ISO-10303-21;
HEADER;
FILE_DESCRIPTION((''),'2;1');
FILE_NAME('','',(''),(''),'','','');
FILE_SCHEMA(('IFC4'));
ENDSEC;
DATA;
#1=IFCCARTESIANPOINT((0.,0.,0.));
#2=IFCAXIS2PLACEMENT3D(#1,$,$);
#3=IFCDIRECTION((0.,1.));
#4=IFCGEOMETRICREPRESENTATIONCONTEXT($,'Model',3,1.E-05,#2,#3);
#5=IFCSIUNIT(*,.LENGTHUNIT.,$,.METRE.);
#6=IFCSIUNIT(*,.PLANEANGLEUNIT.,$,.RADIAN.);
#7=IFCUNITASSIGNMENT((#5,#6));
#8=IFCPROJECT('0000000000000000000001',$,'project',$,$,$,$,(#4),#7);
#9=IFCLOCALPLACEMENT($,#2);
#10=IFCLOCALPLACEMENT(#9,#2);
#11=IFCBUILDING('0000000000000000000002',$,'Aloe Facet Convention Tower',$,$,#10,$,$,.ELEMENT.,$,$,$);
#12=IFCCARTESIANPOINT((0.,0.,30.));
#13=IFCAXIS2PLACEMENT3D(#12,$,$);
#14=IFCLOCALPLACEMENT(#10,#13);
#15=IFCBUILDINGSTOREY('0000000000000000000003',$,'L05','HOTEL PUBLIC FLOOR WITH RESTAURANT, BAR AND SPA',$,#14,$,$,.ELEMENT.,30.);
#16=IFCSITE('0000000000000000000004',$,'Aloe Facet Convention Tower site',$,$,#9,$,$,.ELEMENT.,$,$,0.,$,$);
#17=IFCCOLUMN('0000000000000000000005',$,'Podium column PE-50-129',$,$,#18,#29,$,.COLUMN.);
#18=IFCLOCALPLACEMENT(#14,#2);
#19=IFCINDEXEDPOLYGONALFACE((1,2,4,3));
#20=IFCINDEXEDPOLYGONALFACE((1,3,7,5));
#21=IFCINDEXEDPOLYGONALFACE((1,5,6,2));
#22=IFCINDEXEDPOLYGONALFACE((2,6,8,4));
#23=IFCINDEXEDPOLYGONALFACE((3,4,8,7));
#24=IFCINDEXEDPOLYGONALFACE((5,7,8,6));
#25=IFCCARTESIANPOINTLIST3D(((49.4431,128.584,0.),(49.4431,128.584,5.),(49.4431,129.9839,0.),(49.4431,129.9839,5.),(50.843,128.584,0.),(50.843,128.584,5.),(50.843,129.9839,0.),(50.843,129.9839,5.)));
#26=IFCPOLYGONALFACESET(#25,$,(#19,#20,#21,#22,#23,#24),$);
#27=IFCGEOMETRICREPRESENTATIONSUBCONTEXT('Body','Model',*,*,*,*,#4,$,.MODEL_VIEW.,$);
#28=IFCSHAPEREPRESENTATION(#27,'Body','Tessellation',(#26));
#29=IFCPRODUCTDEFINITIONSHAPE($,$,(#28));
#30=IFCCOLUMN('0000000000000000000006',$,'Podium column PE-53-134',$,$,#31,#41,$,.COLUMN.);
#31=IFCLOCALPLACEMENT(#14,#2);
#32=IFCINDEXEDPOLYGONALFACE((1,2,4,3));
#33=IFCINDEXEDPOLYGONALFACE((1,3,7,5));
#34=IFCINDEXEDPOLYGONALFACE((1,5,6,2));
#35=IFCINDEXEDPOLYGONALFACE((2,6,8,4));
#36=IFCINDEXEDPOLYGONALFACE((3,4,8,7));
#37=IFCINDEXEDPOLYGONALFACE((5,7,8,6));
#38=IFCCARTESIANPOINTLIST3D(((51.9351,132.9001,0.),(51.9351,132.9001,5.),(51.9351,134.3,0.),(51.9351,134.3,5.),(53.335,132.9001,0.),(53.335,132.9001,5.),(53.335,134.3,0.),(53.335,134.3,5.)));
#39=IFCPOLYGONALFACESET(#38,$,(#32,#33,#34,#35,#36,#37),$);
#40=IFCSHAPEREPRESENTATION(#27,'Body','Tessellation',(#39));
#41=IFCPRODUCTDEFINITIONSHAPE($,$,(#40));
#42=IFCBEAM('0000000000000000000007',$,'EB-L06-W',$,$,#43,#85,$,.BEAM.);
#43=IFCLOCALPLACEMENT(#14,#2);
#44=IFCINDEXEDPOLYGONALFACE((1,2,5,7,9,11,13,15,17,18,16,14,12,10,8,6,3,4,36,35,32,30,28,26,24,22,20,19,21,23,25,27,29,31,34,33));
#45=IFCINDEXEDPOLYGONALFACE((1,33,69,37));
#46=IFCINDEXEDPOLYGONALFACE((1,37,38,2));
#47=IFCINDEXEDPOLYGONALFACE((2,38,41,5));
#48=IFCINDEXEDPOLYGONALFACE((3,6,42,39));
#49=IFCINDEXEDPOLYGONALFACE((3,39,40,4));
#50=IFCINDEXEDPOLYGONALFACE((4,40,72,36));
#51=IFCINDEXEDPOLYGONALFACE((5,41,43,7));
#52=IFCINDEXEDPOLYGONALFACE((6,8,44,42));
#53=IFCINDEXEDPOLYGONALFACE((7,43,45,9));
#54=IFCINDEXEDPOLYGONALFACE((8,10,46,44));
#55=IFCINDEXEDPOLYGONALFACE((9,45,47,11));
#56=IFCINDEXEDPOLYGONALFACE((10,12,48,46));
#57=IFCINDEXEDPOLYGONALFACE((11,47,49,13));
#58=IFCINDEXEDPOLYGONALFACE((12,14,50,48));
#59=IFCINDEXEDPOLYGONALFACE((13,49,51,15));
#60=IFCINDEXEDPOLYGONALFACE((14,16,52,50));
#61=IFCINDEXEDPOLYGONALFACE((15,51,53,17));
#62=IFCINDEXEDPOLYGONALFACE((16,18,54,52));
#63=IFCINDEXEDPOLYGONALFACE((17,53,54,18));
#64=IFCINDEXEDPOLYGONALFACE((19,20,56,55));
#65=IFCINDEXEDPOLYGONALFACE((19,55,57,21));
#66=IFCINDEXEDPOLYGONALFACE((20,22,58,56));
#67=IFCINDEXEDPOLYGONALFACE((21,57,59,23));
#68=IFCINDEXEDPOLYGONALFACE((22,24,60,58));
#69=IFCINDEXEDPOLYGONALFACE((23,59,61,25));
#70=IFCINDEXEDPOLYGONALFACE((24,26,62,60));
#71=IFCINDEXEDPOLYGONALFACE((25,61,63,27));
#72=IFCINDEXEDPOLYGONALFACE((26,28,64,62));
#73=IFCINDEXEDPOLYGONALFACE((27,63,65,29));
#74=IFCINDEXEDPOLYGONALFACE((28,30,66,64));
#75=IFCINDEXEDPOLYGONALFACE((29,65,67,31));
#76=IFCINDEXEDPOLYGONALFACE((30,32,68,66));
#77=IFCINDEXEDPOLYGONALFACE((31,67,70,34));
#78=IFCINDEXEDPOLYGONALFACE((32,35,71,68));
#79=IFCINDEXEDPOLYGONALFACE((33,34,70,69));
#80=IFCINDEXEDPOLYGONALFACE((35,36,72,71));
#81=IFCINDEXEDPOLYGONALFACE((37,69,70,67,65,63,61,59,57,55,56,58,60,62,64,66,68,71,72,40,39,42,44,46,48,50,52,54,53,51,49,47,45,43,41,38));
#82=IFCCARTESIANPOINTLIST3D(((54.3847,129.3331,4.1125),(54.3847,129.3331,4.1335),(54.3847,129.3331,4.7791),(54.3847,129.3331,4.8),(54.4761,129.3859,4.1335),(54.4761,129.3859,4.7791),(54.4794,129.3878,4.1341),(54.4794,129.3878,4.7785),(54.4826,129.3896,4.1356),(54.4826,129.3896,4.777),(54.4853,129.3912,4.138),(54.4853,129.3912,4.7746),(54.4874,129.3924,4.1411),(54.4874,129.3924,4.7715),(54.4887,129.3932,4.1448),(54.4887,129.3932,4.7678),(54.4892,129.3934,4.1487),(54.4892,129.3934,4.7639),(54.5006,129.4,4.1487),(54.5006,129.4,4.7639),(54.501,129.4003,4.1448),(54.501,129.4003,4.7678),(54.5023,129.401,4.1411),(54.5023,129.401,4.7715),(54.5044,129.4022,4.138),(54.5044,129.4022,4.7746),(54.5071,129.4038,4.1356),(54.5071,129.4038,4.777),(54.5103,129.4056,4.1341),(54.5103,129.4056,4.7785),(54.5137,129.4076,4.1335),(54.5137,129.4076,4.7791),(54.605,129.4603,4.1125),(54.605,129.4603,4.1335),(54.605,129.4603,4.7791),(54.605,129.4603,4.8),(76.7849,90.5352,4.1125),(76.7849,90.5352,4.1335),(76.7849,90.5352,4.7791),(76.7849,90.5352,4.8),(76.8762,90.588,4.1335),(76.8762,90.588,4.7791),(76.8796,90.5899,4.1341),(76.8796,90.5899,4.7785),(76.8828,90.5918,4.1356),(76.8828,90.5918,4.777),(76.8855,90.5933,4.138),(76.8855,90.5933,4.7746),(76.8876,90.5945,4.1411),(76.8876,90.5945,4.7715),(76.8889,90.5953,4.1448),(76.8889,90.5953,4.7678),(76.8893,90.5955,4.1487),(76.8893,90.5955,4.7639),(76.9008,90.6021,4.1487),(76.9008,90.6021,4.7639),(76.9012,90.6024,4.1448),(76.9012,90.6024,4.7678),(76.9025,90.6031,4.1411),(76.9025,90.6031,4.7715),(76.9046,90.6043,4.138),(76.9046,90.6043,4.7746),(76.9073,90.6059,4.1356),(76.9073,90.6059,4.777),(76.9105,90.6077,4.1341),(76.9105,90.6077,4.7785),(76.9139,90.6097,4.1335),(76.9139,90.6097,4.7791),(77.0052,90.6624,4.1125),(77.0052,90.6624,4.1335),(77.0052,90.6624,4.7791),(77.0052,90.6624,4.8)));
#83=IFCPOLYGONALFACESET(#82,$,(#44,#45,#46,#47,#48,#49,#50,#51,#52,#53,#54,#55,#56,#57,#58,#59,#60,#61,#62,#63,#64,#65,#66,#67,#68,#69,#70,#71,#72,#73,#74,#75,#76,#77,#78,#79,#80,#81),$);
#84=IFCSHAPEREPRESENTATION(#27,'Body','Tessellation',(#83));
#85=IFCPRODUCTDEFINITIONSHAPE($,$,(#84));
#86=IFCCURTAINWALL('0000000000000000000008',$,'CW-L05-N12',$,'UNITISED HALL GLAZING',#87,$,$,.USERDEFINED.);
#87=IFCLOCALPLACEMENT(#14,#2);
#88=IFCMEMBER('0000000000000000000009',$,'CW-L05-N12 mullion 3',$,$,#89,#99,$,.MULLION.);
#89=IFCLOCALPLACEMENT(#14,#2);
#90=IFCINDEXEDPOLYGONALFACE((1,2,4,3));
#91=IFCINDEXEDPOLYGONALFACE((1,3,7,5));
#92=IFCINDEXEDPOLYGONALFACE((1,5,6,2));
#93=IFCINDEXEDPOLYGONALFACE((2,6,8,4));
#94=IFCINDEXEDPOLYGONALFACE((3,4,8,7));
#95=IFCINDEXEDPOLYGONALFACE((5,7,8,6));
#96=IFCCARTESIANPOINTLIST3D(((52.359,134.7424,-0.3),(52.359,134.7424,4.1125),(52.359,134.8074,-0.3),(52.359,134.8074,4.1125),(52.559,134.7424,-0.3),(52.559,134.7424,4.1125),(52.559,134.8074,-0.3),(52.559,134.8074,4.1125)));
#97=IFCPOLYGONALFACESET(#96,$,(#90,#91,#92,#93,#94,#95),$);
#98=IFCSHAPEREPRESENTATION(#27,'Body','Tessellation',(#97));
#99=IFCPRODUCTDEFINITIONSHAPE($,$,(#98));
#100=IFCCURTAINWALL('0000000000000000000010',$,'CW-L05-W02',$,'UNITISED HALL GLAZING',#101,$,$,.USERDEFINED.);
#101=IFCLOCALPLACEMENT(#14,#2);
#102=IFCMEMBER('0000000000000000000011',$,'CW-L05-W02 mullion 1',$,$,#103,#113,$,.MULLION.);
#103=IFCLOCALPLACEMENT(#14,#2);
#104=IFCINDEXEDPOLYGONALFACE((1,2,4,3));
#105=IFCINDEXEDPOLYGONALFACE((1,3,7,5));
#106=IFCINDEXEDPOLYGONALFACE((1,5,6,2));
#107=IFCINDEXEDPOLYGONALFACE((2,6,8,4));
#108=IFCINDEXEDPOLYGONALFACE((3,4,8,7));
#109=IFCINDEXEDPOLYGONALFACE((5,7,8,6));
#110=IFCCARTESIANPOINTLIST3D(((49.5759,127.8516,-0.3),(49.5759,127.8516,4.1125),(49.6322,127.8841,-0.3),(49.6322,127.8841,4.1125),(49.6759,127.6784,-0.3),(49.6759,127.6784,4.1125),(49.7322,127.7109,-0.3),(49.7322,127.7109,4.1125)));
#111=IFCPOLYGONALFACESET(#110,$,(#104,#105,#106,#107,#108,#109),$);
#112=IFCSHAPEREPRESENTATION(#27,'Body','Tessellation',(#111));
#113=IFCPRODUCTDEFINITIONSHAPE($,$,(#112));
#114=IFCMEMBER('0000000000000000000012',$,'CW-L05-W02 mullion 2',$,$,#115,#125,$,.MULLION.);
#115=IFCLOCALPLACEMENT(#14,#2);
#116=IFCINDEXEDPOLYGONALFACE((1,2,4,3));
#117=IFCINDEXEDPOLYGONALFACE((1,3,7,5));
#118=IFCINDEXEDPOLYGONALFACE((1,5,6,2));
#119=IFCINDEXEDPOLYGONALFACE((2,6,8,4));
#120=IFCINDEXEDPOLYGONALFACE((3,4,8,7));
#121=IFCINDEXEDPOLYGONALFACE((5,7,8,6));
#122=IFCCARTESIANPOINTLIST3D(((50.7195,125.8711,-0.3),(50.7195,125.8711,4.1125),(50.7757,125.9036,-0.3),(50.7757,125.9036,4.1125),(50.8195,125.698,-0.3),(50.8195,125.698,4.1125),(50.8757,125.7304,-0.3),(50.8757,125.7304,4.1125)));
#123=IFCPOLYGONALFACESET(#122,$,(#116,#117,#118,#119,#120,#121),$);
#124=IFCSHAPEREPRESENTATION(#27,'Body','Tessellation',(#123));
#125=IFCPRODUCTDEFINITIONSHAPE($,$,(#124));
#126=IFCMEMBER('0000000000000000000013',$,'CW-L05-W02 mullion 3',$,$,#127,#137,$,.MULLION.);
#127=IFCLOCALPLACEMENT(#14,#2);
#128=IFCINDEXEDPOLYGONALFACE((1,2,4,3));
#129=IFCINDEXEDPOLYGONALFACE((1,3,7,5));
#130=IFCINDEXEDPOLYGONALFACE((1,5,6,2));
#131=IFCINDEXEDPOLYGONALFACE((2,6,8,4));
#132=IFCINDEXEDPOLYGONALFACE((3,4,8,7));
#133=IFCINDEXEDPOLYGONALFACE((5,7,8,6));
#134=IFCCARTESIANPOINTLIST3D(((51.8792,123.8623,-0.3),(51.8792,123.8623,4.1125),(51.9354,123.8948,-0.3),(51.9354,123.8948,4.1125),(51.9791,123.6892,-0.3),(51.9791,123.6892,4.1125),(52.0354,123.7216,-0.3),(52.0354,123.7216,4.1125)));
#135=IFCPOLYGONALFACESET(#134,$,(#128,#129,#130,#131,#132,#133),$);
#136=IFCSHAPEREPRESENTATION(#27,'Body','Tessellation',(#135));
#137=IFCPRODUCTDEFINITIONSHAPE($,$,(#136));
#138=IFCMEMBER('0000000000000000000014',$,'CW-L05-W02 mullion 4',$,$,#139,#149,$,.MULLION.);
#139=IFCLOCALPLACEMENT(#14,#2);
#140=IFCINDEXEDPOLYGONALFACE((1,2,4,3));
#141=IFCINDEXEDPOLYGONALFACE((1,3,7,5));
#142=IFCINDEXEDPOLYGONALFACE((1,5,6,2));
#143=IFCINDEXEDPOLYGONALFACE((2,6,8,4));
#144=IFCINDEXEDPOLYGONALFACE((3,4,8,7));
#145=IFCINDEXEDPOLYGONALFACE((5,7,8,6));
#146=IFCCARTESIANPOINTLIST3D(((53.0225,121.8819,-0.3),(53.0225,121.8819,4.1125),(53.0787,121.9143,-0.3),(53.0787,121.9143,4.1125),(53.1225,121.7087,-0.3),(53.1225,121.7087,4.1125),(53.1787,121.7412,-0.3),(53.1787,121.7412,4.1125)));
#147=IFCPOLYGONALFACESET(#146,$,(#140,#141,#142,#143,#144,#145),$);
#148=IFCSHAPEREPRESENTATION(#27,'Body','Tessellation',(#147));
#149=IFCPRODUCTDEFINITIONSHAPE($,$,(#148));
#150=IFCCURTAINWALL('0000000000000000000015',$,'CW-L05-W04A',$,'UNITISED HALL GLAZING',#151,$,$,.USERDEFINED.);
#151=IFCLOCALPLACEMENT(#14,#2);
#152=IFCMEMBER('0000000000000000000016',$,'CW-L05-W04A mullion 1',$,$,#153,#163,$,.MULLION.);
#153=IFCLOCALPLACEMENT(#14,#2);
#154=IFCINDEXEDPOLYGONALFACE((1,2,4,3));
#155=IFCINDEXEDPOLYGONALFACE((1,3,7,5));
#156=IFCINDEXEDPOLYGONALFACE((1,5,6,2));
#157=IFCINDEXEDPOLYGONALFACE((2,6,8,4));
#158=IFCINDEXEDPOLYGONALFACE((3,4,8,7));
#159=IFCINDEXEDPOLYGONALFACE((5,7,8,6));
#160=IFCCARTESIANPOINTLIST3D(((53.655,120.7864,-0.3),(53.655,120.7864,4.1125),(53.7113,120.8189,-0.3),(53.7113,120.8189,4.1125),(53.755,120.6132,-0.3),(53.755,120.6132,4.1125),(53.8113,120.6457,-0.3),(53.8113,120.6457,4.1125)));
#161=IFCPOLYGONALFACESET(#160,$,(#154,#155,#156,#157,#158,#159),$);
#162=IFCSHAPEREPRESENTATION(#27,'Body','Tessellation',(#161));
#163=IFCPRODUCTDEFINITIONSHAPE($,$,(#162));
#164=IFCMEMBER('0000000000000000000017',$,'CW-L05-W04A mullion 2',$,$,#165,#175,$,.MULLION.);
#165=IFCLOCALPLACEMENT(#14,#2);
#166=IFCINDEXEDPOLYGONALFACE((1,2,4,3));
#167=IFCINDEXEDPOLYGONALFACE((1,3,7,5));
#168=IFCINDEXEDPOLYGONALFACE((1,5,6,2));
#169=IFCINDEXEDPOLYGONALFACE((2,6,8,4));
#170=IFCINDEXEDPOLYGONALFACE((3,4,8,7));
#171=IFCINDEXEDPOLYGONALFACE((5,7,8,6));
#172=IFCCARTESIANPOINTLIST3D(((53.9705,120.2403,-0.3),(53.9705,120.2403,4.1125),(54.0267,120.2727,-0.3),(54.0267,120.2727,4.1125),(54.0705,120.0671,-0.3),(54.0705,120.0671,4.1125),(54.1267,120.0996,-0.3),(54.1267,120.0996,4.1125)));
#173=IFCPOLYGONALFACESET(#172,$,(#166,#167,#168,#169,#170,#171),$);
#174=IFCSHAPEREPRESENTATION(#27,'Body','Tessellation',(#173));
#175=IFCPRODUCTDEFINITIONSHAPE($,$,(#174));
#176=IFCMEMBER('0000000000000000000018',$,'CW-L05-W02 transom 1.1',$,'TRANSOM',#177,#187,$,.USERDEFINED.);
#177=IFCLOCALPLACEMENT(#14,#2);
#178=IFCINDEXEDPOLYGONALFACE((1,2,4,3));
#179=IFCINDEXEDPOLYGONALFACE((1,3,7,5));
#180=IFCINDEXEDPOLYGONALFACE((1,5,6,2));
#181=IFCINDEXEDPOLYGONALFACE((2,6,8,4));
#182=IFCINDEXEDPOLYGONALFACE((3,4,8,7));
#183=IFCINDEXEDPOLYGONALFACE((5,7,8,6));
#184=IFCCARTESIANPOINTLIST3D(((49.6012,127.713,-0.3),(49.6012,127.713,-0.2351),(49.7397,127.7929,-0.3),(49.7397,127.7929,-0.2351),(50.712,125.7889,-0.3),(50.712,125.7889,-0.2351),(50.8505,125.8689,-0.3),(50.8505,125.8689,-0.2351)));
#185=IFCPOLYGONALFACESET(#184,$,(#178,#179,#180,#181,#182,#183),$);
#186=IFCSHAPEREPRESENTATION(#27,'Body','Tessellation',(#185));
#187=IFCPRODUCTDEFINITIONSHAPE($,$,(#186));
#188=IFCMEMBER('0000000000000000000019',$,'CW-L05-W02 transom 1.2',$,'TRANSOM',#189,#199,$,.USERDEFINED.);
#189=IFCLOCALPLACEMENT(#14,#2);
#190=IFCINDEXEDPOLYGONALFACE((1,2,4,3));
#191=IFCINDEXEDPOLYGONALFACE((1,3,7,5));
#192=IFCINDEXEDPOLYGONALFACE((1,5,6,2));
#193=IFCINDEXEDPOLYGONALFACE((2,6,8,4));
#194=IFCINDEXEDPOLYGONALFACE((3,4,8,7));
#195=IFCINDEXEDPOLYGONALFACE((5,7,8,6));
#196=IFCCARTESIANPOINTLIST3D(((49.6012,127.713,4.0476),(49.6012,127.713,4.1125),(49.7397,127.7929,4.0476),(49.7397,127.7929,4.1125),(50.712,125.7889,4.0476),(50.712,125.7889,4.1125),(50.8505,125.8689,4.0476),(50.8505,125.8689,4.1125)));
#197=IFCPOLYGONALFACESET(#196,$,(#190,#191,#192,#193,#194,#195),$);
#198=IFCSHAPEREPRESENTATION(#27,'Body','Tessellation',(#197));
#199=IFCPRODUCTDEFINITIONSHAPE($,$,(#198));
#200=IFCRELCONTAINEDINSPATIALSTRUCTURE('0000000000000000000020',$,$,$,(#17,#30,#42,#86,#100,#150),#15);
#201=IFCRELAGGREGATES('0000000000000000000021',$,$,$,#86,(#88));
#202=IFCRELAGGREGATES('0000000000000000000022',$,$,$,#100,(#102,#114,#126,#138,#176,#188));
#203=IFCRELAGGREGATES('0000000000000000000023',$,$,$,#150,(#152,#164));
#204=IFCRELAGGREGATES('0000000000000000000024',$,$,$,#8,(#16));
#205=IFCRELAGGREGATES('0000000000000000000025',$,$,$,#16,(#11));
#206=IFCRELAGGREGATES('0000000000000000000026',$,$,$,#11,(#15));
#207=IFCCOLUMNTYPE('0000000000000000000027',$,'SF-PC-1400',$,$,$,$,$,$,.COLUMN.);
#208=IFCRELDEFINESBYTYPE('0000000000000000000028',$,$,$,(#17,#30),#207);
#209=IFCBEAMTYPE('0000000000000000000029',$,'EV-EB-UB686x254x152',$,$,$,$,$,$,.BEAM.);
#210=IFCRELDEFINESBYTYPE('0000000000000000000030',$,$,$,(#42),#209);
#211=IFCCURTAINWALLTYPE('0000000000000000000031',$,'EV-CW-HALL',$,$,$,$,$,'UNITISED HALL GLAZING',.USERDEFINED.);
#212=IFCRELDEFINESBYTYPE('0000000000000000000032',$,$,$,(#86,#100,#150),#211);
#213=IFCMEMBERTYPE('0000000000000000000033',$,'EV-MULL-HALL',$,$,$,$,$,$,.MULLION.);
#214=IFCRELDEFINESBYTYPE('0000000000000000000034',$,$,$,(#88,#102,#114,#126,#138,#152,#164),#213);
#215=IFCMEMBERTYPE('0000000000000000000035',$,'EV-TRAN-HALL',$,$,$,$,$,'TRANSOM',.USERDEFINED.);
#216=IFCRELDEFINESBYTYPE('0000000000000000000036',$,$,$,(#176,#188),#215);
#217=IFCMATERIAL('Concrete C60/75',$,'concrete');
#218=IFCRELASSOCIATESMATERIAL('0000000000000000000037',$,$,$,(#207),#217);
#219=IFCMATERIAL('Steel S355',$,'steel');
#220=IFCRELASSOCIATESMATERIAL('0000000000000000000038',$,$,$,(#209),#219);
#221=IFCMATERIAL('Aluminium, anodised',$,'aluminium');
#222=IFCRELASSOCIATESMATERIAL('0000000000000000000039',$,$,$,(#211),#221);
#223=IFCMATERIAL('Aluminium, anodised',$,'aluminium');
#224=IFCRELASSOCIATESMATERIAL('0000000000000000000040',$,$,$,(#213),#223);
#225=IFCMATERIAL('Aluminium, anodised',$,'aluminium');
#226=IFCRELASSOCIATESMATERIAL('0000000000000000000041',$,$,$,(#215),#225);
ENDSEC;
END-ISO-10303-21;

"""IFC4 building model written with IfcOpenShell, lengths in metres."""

from ifc_helpers import new_model, si_unit, direction, frame, origin, origin_2d, place, context, subcontext, project, spatial, rectangle, i_section, extrude, material, material_profile, profile_set, type_object, element, aggregate, save


model = new_model("IFC4")

# Units and contexts
model_context = context("Model", 3, precision=1e-05, world=origin(), true_north=direction((0.0, 1.0)))
body_context = subcontext(model_context, "Body", "Model", "MODEL_VIEW")
ifc_project = project(units=[si_unit("LENGTHUNIT", "METRE"), si_unit("PLANEANGLEUNIT", "RADIAN")], contexts=[model_context])

# Site, building, storey
site_placement = place(None, origin())
site = spatial("IfcSite", under=ifc_project, at=site_placement, Name="Aloe Facet Convention Tower site", CompositionType="ELEMENT", RefElevation=0.0)
building_placement = place(site_placement, origin())
building = spatial("IfcBuilding", under=site, at=building_placement, Name="Aloe Facet Convention Tower", CompositionType="ELEMENT")
storey_placement = place(building_placement, frame((0.0, 0.0, 30.0)))
storey = spatial("IfcBuildingStorey", under=building, at=storey_placement, Name="L05", Description="HOTEL PUBLIC FLOOR WITH RESTAURANT, BAR AND SPA", CompositionType="ELEMENT", Elevation=30.0)

# Columns
ifc_material_1 = material(Name="Concrete C60/75", Category="concrete")
ifc_material_profile_1 = material_profile(ifc_material_1, rectangle(XDim=1.3999, YDim=1.3999, at=origin_2d()), Name="SF-PC-1400")
ifc_profile_set_1 = profile_set([ifc_material_profile_1], Name="Concrete C60/75")
column_type = type_object("IfcColumnType", Name="SF-PC-1400", PredefinedType="COLUMN", material=ifc_profile_set_1)
for number, where, z_axis, x_axis, name in (
    (1, (50.1431, 129.2839, 0.0), (0.0, 0.0, 1.0), (1.0, 0.0, 0.0), "Podium column PE-50-129"),
    (2, (52.635, 133.6001, 0.0), (0.0, 0.0, 1.0), (1.0, 0.0, 0.0), "Podium column PE-53-134"),
):
    element("IfcColumn", number, at=place(storey_placement, frame(where, z_axis=z_axis, x_axis=x_axis)), inside=storey, type_object=column_type, Name=name, PredefinedType="COLUMN", context=body_context, shape_type="SweptSolid", body=[
        extrude(rectangle(XDim=1.3999, YDim=1.3999, at=origin_2d()), origin(), (0.0, 0.0, 1.0), 5.0),
    ])

# Beam
ifc_material_2 = material(Name="Steel S355", Category="steel")
ifc_material_profile_2 = material_profile(ifc_material_2, i_section(OverallWidth=0.2544, OverallDepth=0.6875, WebThickness=0.0132, FlangeThickness=0.021, FilletRadius=0.0151, at=origin_2d()), Name="UB 686x254x152")
ifc_profile_set_2 = profile_set([ifc_material_profile_2], Name="Steel S355")
beam_type_1 = type_object("IfcBeamType", Name="EV-EB-UB686x254x152", PredefinedType="BEAM", material=ifc_profile_set_2)
beam_1_placement = place(storey_placement, frame((54.4949, 129.3967, 4.4563), z_axis=(0.500003, -0.866024, 0.0), x_axis=(0.866024, 0.500003, 0.0)))
element("IfcBeam", 3, at=beam_1_placement, inside=storey, type_object=beam_type_1, Name="EB-L06-W", PredefinedType="BEAM", context=body_context, shape_type="SweptSolid", body=[
    extrude(i_section(OverallWidth=0.2544, OverallDepth=0.6875, WebThickness=0.0132, FlangeThickness=0.021, FilletRadius=0.0151, at=origin_2d()), origin(), (0.0, 0.0, 1.0), 44.8),
])

# Curtain wall, member
ifc_material_3 = material(Name="Aluminium, anodised", Category="aluminium")
curtain_wall_type = type_object("IfcCurtainWallType", Name="EV-CW-HALL", ElementType="UNITISED HALL GLAZING", PredefinedType="USERDEFINED", material=ifc_material_3)
curtain_wall_1_placement = place(storey_placement, origin())
curtain_wall_1 = element("IfcCurtainWall", 4, at=curtain_wall_1_placement, inside=storey, type_object=curtain_wall_type, Name="CW-L05-N12", ObjectType="UNITISED HALL GLAZING", PredefinedType="USERDEFINED")
ifc_material_4 = material(Name="Aluminium, anodised", Category="aluminium")
ifc_material_profile_3 = material_profile(ifc_material_4, rectangle(XDim=0.0649, YDim=0.2, at=origin_2d()), Name="AL 65x200")
ifc_profile_set_3 = profile_set([ifc_material_profile_3], Name="Aluminium, anodised")
member_type_1 = type_object("IfcMemberType", Name="EV-MULL-HALL", PredefinedType="MULLION", material=ifc_profile_set_3)
member_1_placement = place(storey_placement, frame((52.459, 134.7749, -0.3), z_axis=(0.0, 0.0, 1.0), x_axis=(0.0, -1.0, 0.0)))
member_1 = element("IfcMember", 5, at=member_1_placement, type_object=member_type_1, Name="CW-L05-N12 mullion 3", PredefinedType="MULLION", context=body_context, shape_type="SweptSolid", body=[
    extrude(rectangle(XDim=0.0649, YDim=0.2, at=origin_2d()), origin(), (0.0, 0.0, 1.0), 4.4126),
])

# Curtain walls, members
curtain_wall_2_placement = place(storey_placement, origin())
curtain_wall_2 = element("IfcCurtainWall", 6, at=curtain_wall_2_placement, inside=storey, type_object=curtain_wall_type, Name="CW-L05-W02", ObjectType="UNITISED HALL GLAZING", PredefinedType="USERDEFINED")
member_2_placement = place(storey_placement, frame((49.6541, 127.7812, -0.3), z_axis=(0.0, 0.0, 1.0), x_axis=(0.866025, 0.5, 0.0)))
member_2 = element("IfcMember", 7, at=member_2_placement, type_object=member_type_1, Name="CW-L05-W02 mullion 1", PredefinedType="MULLION", context=body_context, shape_type="SweptSolid", body=[
    extrude(rectangle(XDim=0.0649, YDim=0.2, at=origin_2d()), origin(), (0.0, 0.0, 1.0), 4.4126),
])
member_3_placement = place(storey_placement, frame((50.7976, 125.8008, -0.3), z_axis=(0.0, 0.0, 1.0), x_axis=(0.866025, 0.5, 0.0)))
member_3 = element("IfcMember", 8, at=member_3_placement, type_object=member_type_1, Name="CW-L05-W02 mullion 2", PredefinedType="MULLION", context=body_context, shape_type="SweptSolid", body=[
    extrude(rectangle(XDim=0.0649, YDim=0.2, at=origin_2d()), origin(), (0.0, 0.0, 1.0), 4.4126),
])
member_4_placement = place(storey_placement, frame((51.9573, 123.792, -0.3), z_axis=(0.0, 0.0, 1.0), x_axis=(0.866025, 0.5, 0.0)))
member_4 = element("IfcMember", 9, at=member_4_placement, type_object=member_type_1, Name="CW-L05-W02 mullion 3", PredefinedType="MULLION", context=body_context, shape_type="SweptSolid", body=[
    extrude(rectangle(XDim=0.0649, YDim=0.2, at=origin_2d()), origin(), (0.0, 0.0, 1.0), 4.4126),
])
member_5_placement = place(storey_placement, frame((53.1006, 121.8115, -0.3), z_axis=(0.0, 0.0, 1.0), x_axis=(0.866025, 0.5, 0.0)))
member_5 = element("IfcMember", 10, at=member_5_placement, type_object=member_type_1, Name="CW-L05-W02 mullion 4", PredefinedType="MULLION", context=body_context, shape_type="SweptSolid", body=[
    extrude(rectangle(XDim=0.0649, YDim=0.2, at=origin_2d()), origin(), (0.0, 0.0, 1.0), 4.4126),
])
curtain_wall_3_placement = place(storey_placement, origin())
curtain_wall_3 = element("IfcCurtainWall", 11, at=curtain_wall_3_placement, inside=storey, type_object=curtain_wall_type, Name="CW-L05-W04A", ObjectType="UNITISED HALL GLAZING", PredefinedType="USERDEFINED")
member_6_placement = place(storey_placement, frame((53.7332, 120.7161, -0.3), z_axis=(0.0, 0.0, 1.0), x_axis=(0.866025, 0.5, 0.0)))
member_6 = element("IfcMember", 12, at=member_6_placement, type_object=member_type_1, Name="CW-L05-W04A mullion 1", PredefinedType="MULLION", context=body_context, shape_type="SweptSolid", body=[
    extrude(rectangle(XDim=0.0649, YDim=0.2, at=origin_2d()), origin(), (0.0, 0.0, 1.0), 4.4126),
])
member_7_placement = place(storey_placement, frame((54.0486, 120.1699, -0.3), z_axis=(0.0, 0.0, 1.0), x_axis=(0.866025, 0.5, 0.0)))
member_7 = element("IfcMember", 13, at=member_7_placement, type_object=member_type_1, Name="CW-L05-W04A mullion 2", PredefinedType="MULLION", context=body_context, shape_type="SweptSolid", body=[
    extrude(rectangle(XDim=0.0649, YDim=0.2, at=origin_2d()), origin(), (0.0, 0.0, 1.0), 4.4126),
])

# Members
ifc_material_5 = material(Name="Aluminium, anodised", Category="aluminium")
ifc_material_profile_4 = material_profile(ifc_material_5, rectangle(XDim=0.1599, YDim=0.0649, at=origin_2d()), Name="AL 160x65")
ifc_profile_set_4 = profile_set([ifc_material_profile_4], Name="Aluminium, anodised")
member_type_2 = type_object("IfcMemberType", Name="EV-TRAN-HALL", ElementType="TRANSOM", PredefinedType="USERDEFINED", material=ifc_profile_set_4)
member_8_placement = place(storey_placement, frame((49.6704, 127.7529, -0.2676), z_axis=(0.499992, -0.86603, 0.0), x_axis=(0.86603, 0.499992, 0.0)))
member_8 = element("IfcMember", 14, at=member_8_placement, type_object=member_type_2, Name="CW-L05-W02 transom 1.1", ObjectType="TRANSOM", PredefinedType="USERDEFINED", context=body_context, shape_type="SweptSolid", body=[
    extrude(rectangle(XDim=0.1599, YDim=0.0649, at=origin_2d()), origin(), (0.0, 0.0, 1.0), 2.2217),
])
member_9_placement = place(storey_placement, frame((49.6704, 127.7529, 4.0801), z_axis=(0.499992, -0.86603, 0.0), x_axis=(0.86603, 0.499992, 0.0)))
member_9 = element("IfcMember", 15, at=member_9_placement, type_object=member_type_2, Name="CW-L05-W02 transom 1.2", ObjectType="TRANSOM", PredefinedType="USERDEFINED", context=body_context, shape_type="SweptSolid", body=[
    extrude(rectangle(XDim=0.1599, YDim=0.0649, at=origin_2d()), origin(), (0.0, 0.0, 1.0), 2.2217),
])

aggregate(curtain_wall_1, [member_1])
aggregate(curtain_wall_2, [member_2, member_3, member_4, member_5, member_8, member_9])
aggregate(curtain_wall_3, [member_6, member_7])

save(model, "model.ifc")
